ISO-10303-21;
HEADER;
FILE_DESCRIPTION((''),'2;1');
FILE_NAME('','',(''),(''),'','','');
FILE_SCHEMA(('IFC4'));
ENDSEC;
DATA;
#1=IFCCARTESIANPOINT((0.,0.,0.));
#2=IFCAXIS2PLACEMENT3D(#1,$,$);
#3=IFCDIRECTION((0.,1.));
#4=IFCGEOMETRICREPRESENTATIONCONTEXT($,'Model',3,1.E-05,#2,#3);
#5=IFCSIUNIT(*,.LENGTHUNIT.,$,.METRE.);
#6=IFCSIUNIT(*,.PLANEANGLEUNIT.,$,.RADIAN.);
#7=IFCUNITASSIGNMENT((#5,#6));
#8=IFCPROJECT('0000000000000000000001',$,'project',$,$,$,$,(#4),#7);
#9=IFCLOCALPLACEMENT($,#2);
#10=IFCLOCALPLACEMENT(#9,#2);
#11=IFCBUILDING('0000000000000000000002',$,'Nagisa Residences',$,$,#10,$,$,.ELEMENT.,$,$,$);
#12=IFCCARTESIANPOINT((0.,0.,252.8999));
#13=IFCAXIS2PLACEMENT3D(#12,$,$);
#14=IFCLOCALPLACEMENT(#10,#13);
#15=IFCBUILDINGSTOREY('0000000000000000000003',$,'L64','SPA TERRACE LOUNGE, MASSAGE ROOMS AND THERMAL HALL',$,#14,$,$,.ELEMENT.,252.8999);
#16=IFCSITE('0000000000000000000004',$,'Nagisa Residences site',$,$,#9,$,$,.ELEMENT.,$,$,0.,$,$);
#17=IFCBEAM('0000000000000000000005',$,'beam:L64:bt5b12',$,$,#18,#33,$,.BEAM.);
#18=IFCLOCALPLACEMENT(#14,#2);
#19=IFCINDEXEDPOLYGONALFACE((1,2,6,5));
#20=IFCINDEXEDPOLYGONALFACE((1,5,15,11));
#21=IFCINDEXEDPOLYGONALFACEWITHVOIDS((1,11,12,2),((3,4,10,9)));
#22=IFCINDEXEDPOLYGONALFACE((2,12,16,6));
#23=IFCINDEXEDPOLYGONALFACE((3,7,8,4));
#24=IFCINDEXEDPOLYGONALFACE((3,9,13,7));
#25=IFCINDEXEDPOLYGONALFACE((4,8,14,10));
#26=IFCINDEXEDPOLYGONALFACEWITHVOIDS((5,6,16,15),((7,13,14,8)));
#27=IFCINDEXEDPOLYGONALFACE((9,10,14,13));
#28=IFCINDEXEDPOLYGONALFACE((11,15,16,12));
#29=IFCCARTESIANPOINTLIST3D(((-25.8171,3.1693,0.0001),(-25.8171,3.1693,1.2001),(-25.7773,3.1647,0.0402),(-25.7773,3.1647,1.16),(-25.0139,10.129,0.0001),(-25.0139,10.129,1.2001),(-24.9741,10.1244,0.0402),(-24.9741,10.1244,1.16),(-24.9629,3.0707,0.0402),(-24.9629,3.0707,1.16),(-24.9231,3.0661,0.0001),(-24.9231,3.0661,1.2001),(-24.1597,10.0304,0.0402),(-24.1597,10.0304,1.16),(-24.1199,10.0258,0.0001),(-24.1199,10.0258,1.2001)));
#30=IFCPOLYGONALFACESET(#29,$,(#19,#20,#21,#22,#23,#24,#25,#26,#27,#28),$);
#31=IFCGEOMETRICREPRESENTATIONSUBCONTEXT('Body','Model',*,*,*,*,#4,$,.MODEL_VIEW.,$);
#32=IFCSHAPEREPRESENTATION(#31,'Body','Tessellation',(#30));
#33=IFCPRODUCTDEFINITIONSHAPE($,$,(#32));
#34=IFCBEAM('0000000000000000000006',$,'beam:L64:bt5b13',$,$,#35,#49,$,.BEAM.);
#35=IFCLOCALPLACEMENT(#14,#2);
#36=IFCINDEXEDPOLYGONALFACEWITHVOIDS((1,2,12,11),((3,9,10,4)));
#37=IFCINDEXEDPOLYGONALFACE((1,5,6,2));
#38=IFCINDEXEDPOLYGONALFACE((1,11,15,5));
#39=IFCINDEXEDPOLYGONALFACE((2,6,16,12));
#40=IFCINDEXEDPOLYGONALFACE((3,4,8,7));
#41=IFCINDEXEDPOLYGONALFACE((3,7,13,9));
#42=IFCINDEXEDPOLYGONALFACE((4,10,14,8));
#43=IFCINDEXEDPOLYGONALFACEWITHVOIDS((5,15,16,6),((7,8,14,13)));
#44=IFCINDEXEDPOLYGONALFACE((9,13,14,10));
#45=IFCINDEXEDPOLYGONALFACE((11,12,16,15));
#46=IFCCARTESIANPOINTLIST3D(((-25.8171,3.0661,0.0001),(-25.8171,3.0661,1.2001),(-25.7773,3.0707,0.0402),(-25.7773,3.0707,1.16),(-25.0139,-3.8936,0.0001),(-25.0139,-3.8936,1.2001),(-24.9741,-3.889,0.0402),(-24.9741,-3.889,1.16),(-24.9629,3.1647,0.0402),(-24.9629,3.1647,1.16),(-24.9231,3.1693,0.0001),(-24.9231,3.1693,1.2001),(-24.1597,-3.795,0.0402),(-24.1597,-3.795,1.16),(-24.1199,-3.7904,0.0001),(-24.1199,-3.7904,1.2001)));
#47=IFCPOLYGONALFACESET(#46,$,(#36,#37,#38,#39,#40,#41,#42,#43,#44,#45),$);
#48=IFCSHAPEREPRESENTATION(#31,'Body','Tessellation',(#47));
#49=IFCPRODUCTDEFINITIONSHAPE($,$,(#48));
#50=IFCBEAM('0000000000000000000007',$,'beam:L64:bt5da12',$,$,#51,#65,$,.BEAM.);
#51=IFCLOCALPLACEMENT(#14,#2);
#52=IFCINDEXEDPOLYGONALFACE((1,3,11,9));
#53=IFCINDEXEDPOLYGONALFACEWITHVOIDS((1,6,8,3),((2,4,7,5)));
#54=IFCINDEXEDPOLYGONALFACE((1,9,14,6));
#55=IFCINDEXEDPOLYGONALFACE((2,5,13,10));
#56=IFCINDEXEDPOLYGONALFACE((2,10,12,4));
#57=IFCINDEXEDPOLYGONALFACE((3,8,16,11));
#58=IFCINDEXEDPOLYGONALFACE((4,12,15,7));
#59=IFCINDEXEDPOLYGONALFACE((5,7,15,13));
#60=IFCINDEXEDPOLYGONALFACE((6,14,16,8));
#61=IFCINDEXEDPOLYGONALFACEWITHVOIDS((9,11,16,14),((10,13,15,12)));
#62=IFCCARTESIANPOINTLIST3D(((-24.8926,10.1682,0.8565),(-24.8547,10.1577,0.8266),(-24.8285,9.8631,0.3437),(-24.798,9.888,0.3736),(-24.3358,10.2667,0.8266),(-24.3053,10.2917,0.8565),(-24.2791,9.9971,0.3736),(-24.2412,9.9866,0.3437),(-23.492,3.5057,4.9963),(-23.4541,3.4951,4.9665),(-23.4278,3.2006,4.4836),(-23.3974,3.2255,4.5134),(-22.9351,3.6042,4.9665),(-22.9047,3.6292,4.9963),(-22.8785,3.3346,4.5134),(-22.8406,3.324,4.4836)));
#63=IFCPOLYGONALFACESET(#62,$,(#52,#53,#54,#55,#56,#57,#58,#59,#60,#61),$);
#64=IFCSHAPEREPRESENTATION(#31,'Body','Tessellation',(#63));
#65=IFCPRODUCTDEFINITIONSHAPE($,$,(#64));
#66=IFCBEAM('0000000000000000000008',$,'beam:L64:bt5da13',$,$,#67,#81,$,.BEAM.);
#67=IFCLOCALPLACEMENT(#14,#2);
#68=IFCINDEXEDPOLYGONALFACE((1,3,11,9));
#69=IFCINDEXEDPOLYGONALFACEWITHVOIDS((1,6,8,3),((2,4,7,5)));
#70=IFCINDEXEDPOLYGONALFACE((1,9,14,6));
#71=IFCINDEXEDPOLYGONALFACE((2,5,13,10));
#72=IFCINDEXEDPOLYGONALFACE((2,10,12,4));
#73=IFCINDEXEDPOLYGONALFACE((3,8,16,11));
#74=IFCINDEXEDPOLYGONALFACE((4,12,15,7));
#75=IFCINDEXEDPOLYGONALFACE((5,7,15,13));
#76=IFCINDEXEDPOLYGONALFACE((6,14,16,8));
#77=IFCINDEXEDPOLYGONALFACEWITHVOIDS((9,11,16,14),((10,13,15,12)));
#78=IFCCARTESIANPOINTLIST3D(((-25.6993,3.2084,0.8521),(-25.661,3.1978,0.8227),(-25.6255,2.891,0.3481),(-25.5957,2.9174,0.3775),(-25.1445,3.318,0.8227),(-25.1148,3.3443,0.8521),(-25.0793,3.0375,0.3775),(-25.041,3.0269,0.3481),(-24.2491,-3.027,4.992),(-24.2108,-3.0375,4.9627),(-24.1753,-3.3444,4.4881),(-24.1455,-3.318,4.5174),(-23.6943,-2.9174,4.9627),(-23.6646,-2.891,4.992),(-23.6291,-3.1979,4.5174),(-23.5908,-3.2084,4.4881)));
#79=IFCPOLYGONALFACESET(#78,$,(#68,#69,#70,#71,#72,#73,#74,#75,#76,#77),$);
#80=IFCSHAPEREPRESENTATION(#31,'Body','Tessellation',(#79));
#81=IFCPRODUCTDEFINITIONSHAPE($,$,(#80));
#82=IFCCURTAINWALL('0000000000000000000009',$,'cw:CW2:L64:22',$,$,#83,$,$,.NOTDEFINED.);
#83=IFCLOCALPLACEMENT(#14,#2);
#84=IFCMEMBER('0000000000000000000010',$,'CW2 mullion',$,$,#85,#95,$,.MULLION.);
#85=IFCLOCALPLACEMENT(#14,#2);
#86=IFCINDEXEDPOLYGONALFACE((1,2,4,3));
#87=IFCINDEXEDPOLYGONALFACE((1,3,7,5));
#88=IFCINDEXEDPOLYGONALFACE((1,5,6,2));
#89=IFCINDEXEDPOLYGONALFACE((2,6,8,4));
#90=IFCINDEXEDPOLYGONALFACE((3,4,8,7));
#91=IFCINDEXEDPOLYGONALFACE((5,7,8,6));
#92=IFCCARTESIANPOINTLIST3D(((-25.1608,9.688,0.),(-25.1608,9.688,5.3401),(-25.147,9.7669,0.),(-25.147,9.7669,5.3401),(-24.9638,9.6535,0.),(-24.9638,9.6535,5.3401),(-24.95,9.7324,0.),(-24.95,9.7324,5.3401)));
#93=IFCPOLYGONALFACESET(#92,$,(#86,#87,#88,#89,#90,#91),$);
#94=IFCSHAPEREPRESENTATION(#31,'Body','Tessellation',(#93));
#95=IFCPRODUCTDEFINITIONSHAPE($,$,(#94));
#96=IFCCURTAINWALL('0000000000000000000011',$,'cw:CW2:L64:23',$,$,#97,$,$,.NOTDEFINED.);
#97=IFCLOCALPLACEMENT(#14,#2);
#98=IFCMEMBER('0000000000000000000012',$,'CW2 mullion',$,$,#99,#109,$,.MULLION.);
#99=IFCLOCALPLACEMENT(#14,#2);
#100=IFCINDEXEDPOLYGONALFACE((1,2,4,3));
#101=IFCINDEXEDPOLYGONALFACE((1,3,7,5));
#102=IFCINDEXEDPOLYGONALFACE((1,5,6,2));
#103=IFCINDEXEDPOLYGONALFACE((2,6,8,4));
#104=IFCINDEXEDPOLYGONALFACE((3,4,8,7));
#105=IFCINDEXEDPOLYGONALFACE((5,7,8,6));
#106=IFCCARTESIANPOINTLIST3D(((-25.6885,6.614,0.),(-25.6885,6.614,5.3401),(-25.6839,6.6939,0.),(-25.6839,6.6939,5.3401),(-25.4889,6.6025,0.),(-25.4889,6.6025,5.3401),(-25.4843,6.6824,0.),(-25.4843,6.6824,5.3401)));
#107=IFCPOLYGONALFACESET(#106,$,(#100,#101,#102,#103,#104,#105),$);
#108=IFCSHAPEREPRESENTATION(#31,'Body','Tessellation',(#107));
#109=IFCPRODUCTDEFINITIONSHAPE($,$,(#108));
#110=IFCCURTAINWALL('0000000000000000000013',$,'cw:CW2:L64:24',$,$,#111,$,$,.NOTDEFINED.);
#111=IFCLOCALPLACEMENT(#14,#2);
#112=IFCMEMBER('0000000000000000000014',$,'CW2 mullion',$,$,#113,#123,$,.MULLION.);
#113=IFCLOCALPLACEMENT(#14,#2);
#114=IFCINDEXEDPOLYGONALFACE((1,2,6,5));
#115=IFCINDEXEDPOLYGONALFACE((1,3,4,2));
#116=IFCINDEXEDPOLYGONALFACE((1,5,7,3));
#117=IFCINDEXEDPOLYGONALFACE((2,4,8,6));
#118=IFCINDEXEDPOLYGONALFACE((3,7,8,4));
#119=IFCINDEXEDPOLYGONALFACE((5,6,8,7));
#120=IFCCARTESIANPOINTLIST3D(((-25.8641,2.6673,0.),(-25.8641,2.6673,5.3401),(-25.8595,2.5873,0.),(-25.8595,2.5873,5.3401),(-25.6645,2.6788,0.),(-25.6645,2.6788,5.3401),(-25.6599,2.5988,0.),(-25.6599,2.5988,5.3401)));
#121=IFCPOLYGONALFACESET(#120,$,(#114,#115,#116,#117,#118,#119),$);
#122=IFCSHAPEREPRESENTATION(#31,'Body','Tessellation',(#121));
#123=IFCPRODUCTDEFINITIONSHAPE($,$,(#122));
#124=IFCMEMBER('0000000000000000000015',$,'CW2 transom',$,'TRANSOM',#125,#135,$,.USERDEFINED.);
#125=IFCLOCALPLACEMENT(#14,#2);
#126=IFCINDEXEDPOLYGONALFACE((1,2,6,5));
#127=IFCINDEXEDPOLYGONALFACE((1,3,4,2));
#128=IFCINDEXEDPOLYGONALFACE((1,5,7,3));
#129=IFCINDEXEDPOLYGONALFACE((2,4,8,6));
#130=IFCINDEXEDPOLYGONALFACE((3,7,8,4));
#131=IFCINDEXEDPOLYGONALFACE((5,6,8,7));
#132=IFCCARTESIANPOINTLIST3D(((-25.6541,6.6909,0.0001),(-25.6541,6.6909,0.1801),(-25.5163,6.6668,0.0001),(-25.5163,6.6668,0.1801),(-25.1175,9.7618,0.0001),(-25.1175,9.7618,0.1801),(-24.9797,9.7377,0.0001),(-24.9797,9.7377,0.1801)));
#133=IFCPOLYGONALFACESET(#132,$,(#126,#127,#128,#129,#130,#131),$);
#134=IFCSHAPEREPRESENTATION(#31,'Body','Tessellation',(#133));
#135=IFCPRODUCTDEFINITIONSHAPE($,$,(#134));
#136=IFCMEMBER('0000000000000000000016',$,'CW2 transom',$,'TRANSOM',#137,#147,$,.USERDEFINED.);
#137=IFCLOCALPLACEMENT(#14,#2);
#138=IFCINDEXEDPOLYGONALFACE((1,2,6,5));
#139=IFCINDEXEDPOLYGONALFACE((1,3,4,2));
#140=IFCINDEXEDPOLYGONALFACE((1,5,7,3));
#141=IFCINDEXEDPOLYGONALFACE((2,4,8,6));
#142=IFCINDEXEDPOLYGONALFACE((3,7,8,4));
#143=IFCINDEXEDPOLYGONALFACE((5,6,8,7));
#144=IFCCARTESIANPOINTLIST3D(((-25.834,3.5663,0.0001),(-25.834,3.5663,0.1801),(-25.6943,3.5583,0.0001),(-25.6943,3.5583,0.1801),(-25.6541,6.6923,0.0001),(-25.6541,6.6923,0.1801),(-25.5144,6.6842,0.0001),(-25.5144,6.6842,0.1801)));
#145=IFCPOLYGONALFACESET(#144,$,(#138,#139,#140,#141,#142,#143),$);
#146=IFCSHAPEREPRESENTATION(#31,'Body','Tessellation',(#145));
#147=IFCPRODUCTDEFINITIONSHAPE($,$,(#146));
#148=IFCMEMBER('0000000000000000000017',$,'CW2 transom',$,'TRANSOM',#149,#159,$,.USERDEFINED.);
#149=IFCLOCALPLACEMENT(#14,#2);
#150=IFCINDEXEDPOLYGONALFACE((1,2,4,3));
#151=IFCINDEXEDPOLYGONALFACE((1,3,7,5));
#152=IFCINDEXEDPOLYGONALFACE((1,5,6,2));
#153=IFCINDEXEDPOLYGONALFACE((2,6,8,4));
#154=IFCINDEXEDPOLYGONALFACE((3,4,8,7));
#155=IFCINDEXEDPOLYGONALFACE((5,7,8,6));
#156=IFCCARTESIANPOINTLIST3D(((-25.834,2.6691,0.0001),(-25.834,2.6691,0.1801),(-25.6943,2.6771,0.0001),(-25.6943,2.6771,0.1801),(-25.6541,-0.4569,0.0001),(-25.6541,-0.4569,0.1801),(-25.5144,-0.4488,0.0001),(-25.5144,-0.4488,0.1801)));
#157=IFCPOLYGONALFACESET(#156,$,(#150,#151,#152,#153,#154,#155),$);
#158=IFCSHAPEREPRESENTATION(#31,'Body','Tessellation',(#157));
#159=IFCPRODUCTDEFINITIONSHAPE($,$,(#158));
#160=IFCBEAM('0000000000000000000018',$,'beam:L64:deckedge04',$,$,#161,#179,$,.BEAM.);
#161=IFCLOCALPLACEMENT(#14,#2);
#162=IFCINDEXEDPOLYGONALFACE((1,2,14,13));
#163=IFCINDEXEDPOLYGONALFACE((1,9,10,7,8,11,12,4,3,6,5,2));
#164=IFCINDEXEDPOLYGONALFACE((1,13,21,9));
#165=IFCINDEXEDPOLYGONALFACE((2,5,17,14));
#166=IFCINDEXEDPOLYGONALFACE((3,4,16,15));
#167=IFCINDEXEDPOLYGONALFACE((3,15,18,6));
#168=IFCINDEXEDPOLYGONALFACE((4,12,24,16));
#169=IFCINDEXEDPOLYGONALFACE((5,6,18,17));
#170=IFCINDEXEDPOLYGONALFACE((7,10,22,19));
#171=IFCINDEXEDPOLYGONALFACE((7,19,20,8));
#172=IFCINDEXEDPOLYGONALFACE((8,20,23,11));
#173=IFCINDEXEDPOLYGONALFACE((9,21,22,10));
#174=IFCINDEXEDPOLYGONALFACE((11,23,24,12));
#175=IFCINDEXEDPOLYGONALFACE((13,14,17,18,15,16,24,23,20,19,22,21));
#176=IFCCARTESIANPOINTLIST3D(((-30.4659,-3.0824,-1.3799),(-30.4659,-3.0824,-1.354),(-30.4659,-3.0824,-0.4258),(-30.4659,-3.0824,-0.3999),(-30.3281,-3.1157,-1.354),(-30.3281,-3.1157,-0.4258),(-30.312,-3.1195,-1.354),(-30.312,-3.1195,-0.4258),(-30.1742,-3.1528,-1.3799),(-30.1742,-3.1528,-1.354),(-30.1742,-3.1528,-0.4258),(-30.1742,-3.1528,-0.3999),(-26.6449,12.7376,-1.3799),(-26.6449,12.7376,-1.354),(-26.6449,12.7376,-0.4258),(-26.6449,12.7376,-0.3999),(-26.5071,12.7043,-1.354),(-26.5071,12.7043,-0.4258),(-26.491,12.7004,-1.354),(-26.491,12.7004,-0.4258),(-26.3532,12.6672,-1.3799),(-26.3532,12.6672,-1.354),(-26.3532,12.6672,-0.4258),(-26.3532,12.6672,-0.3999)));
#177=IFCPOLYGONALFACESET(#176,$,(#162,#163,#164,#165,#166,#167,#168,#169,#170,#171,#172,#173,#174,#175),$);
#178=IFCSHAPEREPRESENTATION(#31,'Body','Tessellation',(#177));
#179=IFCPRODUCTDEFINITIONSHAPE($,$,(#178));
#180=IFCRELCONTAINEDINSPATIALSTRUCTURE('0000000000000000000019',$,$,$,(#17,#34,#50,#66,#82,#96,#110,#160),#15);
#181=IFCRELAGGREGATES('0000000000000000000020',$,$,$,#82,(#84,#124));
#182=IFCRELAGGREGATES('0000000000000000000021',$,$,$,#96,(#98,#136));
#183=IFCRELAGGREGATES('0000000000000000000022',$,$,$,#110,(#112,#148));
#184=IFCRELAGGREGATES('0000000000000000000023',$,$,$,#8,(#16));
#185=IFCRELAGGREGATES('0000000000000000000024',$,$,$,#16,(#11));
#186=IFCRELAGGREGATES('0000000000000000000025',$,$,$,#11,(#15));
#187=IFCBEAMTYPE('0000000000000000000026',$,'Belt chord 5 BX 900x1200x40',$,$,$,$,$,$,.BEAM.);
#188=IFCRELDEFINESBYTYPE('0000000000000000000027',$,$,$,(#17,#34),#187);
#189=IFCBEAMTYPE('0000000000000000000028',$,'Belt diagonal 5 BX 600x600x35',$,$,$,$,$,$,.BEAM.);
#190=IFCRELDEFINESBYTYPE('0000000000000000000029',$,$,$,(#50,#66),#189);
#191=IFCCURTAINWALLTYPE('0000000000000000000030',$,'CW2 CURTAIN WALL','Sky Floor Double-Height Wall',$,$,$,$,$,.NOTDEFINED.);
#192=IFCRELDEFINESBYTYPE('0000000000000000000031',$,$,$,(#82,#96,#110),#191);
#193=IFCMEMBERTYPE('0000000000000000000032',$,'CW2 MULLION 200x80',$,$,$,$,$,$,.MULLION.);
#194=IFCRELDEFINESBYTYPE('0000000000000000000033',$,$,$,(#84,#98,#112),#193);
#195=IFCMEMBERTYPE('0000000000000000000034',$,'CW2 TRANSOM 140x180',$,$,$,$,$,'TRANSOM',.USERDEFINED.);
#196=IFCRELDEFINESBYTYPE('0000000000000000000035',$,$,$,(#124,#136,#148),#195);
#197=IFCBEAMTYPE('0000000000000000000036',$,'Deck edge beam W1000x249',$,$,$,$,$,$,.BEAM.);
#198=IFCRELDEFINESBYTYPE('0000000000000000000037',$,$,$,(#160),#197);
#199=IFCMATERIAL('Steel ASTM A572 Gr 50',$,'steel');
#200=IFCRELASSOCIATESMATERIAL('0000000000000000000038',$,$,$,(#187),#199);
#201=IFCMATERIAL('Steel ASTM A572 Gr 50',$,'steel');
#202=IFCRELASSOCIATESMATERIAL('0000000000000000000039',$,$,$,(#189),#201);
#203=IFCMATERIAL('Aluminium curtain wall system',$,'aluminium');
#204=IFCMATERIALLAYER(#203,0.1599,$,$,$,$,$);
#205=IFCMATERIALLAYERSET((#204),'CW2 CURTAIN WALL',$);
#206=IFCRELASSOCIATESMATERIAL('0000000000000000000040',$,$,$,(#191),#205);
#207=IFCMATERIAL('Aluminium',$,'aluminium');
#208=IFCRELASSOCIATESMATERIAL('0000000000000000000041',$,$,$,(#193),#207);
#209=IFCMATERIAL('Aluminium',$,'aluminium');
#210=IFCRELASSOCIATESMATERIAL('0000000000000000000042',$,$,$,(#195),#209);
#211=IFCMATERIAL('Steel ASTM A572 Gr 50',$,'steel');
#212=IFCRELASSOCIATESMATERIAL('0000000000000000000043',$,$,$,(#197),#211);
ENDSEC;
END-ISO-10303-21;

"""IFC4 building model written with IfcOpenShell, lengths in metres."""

from ifc_helpers import new_model, si_unit, direction, frame, origin, origin_2d, place, context, subcontext, project, spatial, rectangle, hollow_rectangle, i_section, extrude, material, layer, layer_set, material_profile, profile_set, type_object, element, aggregate, save


model = new_model("IFC4")

# Units and contexts
model_context = context("Model", 3, precision=1e-05, world=origin(), true_north=direction((0.0, 1.0)))
body_context = subcontext(model_context, "Body", "Model", "MODEL_VIEW")
ifc_project = project(units=[si_unit("LENGTHUNIT", "METRE"), si_unit("PLANEANGLEUNIT", "RADIAN")], contexts=[model_context])

# Site, building, storey
site_placement = place(None, origin())
site = spatial("IfcSite", under=ifc_project, at=site_placement, Name="Nagisa Residences site", CompositionType="ELEMENT", RefElevation=0.0)
building_placement = place(site_placement, origin())
building = spatial("IfcBuilding", under=site, at=building_placement, Name="Nagisa Residences", CompositionType="ELEMENT")
storey_placement = place(building_placement, frame((0.0, 0.0, 252.8999)))
storey = spatial("IfcBuildingStorey", under=building, at=storey_placement, Name="L64", Description="SPA TERRACE LOUNGE, MASSAGE ROOMS AND THERMAL HALL", CompositionType="ELEMENT", Elevation=252.8999)

# Beams
ifc_material_1 = material(Name="Steel ASTM A572 Gr 50", Category="steel")
ifc_material_profile_1 = material_profile(ifc_material_1, hollow_rectangle(XDim=0.8999, YDim=1.2, WallThickness=0.04, at=origin_2d()), Name="BX 900x1200x40")
ifc_profile_set_1 = profile_set([ifc_material_profile_1], Name="Steel ASTM A572 Gr 50")
beam_type_1 = type_object("IfcBeamType", Name="Belt chord 5 BX 900x1200x40", PredefinedType="BEAM", material=ifc_profile_set_1)
for number, where, z_axis, x_axis, name in (
    (1, (-24.5669, 10.0774, 0.6001), (-0.114649, -0.993406, 0.0), (0.993406, -0.114649, 0.0), "beam:L64:bt5b12"),
    (2, (-25.3701, 3.1177, 0.6001), (0.114649, -0.993406, 0.0), (0.993406, 0.114649, 0.0), "beam:L64:bt5b13"),
):
    element("IfcBeam", number, at=place(storey_placement, frame(where, z_axis=z_axis, x_axis=x_axis)), inside=storey, type_object=beam_type_1, Name=name, PredefinedType="BEAM", context=body_context, shape_type="SweptSolid", body=[
        extrude(hollow_rectangle(XDim=0.8999, YDim=1.2, WallThickness=0.04, at=origin_2d()), origin(), (0.0, 0.0, 1.0), 7.0059),
    ])
ifc_material_2 = material(Name="Steel ASTM A572 Gr 50", Category="steel")
ifc_material_profile_2 = material_profile(ifc_material_2, hollow_rectangle(XDim=0.6001, YDim=0.6001, WallThickness=0.0349, at=origin_2d()), Name="BX 600x600x35")
ifc_profile_set_2 = profile_set([ifc_material_profile_2], Name="Steel ASTM A572 Gr 50")
beam_type_2 = type_object("IfcBeamType", Name="Belt diagonal 5 BX 600x600x35", PredefinedType="BEAM", material=ifc_profile_set_2)
beam_1_placement = place(storey_placement, frame((-24.5669, 10.0774, 0.6001), z_axis=(0.17578, -0.836158, 0.519558), x_axis=(0.978609, 0.205727, 0.0)))
element("IfcBeam", 3, at=beam_1_placement, inside=storey, type_object=beam_type_2, Name="beam:L64:bt5da12", PredefinedType="BEAM", context=body_context, shape_type="SweptSolid", body=[
    extrude(hollow_rectangle(XDim=0.6001, YDim=0.6001, WallThickness=0.0349, at=origin_2d()), origin(), (0.0, 0.0, 1.0), 7.968),
])
beam_2_placement = place(storey_placement, frame((-25.3701, 3.1177, 0.6001), z_axis=(0.190221, -0.817886, 0.543027), x_axis=(0.974004, 0.22653, 0.0)))
element("IfcBeam", 4, at=beam_2_placement, inside=storey, type_object=beam_type_2, Name="beam:L64:bt5da13", PredefinedType="BEAM", context=body_context, shape_type="SweptSolid", body=[
    extrude(hollow_rectangle(XDim=0.6001, YDim=0.6001, WallThickness=0.0349, at=origin_2d()), origin(), (0.0, 0.0, 1.0), 7.6238),
])

# Curtain walls, members
ifc_material_3 = material(Name="Aluminium curtain wall system", Category="aluminium")
ifc_layer_1 = layer(ifc_material_3, 0.1599)
ifc_layer_set_1 = layer_set([ifc_layer_1], Name="CW2 CURTAIN WALL")
curtain_wall_type = type_object("IfcCurtainWallType", Name="CW2 CURTAIN WALL", Description="Sky Floor Double-Height Wall", PredefinedType="NOTDEFINED", material=ifc_layer_set_1)
curtain_wall_1_placement = place(storey_placement, origin())
curtain_wall_1 = element("IfcCurtainWall", 5, at=curtain_wall_1_placement, inside=storey, type_object=curtain_wall_type, Name="cw:CW2:L64:22", PredefinedType="NOTDEFINED")
ifc_material_4 = material(Name="Aluminium", Category="aluminium")
ifc_material_profile_3 = material_profile(ifc_material_4, rectangle(XDim=0.2, YDim=0.0801, at=origin_2d()), Name="CW2 MULLION 200x80")
ifc_profile_set_3 = profile_set([ifc_material_profile_3], Name="Aluminium")
member_type_1 = type_object("IfcMemberType", Name="CW2 MULLION 200x80", PredefinedType="MULLION", material=ifc_profile_set_3)
member_1_placement = place(storey_placement, frame((-25.0554, 9.7102, 0.0), z_axis=(0.0, 0.0, 1.0), x_axis=(0.985064, -0.172191, 0.0)))
member_1 = element("IfcMember", 6, at=member_1_placement, type_object=member_type_1, Name="CW2 mullion", PredefinedType="MULLION", context=body_context, shape_type="SweptSolid", body=[
    extrude(rectangle(XDim=0.2, YDim=0.0801, at=origin_2d()), origin(), (0.0, 0.0, 1.0), 5.3401),
])
curtain_wall_2_placement = place(storey_placement, origin())
curtain_wall_2 = element("IfcCurtainWall", 7, at=curtain_wall_2_placement, inside=storey, type_object=curtain_wall_type, Name="cw:CW2:L64:23", PredefinedType="NOTDEFINED")
member_2_placement = place(storey_placement, frame((-25.5864, 6.6482, 0.0), z_axis=(0.0, 0.0, 1.0), x_axis=(0.998345, -0.057503, 0.0)))
member_2 = element("IfcMember", 8, at=member_2_placement, type_object=member_type_1, Name="CW2 mullion", PredefinedType="MULLION", context=body_context, shape_type="SweptSolid", body=[
    extrude(rectangle(XDim=0.2, YDim=0.0801, at=origin_2d()), origin(), (0.0, 0.0, 1.0), 5.3401),
])
curtain_wall_3_placement = place(storey_placement, origin())
curtain_wall_3 = element("IfcCurtainWall", 9, at=curtain_wall_3_placement, inside=storey, type_object=curtain_wall_type, Name="cw:CW2:L64:24", PredefinedType="NOTDEFINED")
member_3_placement = place(storey_placement, frame((-25.762, 2.6331, 0.0), z_axis=(0.0, 0.0, 1.0), x_axis=(0.998345, 0.057503, 0.0)))
member_3 = element("IfcMember", 10, at=member_3_placement, type_object=member_type_1, Name="CW2 mullion", PredefinedType="MULLION", context=body_context, shape_type="SweptSolid", body=[
    extrude(rectangle(XDim=0.2, YDim=0.0801, at=origin_2d()), origin(), (0.0, 0.0, 1.0), 5.3401),
])

# Members
ifc_material_5 = material(Name="Aluminium", Category="aluminium")
ifc_material_profile_4 = material_profile(ifc_material_5, rectangle(XDim=0.1399, YDim=0.1799, at=origin_2d()), Name="CW2 TRANSOM 140x180")
ifc_profile_set_4 = profile_set([ifc_material_profile_4], Name="Aluminium")
member_type_2 = type_object("IfcMemberType", Name="CW2 TRANSOM 140x180", ElementType="TRANSOM", PredefinedType="USERDEFINED", material=ifc_profile_set_4)
member_4_placement = place(storey_placement, frame((-25.0486, 9.7498, 0.0901), z_axis=(-0.172141, -0.985072, 0.0), x_axis=(0.985072, -0.172141, 0.0)))
member_4 = element("IfcMember", 11, at=member_4_placement, type_object=member_type_2, Name="CW2 transom", ObjectType="TRANSOM", PredefinedType="USERDEFINED", context=body_context, shape_type="SweptSolid", body=[
    extrude(rectangle(XDim=0.1399, YDim=0.1799, at=origin_2d()), origin(), (0.0, 0.0, 1.0), 3.1174),
])
member_5_placement = place(storey_placement, frame((-25.5842, 6.6882, 0.0901), z_axis=(-0.057465, -0.998348, 0.0), x_axis=(0.998348, -0.057465, 0.0)))
member_5 = element("IfcMember", 12, at=member_5_placement, type_object=member_type_2, Name="CW2 transom", ObjectType="TRANSOM", PredefinedType="USERDEFINED", context=body_context, shape_type="SweptSolid", body=[
    extrude(rectangle(XDim=0.1399, YDim=0.1799, at=origin_2d()), origin(), (0.0, 0.0, 1.0), 3.1311),
])
member_6_placement = place(storey_placement, frame((-25.7642, 2.6731, 0.0901), z_axis=(0.057465, -0.998348, 0.0), x_axis=(0.998348, 0.057465, 0.0)))
member_6 = element("IfcMember", 13, at=member_6_placement, type_object=member_type_2, Name="CW2 transom", ObjectType="TRANSOM", PredefinedType="USERDEFINED", context=body_context, shape_type="SweptSolid", body=[
    extrude(rectangle(XDim=0.1399, YDim=0.1799, at=origin_2d()), origin(), (0.0, 0.0, 1.0), 3.1311),
])

# Beam
ifc_material_6 = material(Name="Steel ASTM A572 Gr 50", Category="steel")
ifc_material_profile_5 = material_profile(ifc_material_6, i_section(OverallWidth=0.3, OverallDepth=0.98, WebThickness=0.0166, FlangeThickness=0.0259, at=origin_2d()), Name="W1000x249")
ifc_profile_set_5 = profile_set([ifc_material_profile_5], Name="Steel ASTM A572 Gr 50")
beam_type_3 = type_object("IfcBeamType", Name="Deck edge beam W1000x249", PredefinedType="BEAM", material=ifc_profile_set_5)
beam_3_placement = place(storey_placement, frame((-26.499, 12.7024, -0.8899), z_axis=(-0.23478, -0.972048, 0.0), x_axis=(0.972048, -0.23478, 0.0)))
element("IfcBeam", 14, at=beam_3_placement, inside=storey, type_object=beam_type_3, Name="beam:L64:deckedge04", PredefinedType="BEAM", context=body_context, shape_type="SweptSolid", body=[
    extrude(i_section(OverallWidth=0.3, OverallDepth=0.98, WebThickness=0.0166, FlangeThickness=0.0259, at=origin_2d()), origin(), (0.0, 0.0, 1.0), 16.2749),
])

aggregate(curtain_wall_1, [member_1, member_4])
aggregate(curtain_wall_2, [member_2, member_5])
aggregate(curtain_wall_3, [member_3, member_6])

save(model, "model.ifc")
